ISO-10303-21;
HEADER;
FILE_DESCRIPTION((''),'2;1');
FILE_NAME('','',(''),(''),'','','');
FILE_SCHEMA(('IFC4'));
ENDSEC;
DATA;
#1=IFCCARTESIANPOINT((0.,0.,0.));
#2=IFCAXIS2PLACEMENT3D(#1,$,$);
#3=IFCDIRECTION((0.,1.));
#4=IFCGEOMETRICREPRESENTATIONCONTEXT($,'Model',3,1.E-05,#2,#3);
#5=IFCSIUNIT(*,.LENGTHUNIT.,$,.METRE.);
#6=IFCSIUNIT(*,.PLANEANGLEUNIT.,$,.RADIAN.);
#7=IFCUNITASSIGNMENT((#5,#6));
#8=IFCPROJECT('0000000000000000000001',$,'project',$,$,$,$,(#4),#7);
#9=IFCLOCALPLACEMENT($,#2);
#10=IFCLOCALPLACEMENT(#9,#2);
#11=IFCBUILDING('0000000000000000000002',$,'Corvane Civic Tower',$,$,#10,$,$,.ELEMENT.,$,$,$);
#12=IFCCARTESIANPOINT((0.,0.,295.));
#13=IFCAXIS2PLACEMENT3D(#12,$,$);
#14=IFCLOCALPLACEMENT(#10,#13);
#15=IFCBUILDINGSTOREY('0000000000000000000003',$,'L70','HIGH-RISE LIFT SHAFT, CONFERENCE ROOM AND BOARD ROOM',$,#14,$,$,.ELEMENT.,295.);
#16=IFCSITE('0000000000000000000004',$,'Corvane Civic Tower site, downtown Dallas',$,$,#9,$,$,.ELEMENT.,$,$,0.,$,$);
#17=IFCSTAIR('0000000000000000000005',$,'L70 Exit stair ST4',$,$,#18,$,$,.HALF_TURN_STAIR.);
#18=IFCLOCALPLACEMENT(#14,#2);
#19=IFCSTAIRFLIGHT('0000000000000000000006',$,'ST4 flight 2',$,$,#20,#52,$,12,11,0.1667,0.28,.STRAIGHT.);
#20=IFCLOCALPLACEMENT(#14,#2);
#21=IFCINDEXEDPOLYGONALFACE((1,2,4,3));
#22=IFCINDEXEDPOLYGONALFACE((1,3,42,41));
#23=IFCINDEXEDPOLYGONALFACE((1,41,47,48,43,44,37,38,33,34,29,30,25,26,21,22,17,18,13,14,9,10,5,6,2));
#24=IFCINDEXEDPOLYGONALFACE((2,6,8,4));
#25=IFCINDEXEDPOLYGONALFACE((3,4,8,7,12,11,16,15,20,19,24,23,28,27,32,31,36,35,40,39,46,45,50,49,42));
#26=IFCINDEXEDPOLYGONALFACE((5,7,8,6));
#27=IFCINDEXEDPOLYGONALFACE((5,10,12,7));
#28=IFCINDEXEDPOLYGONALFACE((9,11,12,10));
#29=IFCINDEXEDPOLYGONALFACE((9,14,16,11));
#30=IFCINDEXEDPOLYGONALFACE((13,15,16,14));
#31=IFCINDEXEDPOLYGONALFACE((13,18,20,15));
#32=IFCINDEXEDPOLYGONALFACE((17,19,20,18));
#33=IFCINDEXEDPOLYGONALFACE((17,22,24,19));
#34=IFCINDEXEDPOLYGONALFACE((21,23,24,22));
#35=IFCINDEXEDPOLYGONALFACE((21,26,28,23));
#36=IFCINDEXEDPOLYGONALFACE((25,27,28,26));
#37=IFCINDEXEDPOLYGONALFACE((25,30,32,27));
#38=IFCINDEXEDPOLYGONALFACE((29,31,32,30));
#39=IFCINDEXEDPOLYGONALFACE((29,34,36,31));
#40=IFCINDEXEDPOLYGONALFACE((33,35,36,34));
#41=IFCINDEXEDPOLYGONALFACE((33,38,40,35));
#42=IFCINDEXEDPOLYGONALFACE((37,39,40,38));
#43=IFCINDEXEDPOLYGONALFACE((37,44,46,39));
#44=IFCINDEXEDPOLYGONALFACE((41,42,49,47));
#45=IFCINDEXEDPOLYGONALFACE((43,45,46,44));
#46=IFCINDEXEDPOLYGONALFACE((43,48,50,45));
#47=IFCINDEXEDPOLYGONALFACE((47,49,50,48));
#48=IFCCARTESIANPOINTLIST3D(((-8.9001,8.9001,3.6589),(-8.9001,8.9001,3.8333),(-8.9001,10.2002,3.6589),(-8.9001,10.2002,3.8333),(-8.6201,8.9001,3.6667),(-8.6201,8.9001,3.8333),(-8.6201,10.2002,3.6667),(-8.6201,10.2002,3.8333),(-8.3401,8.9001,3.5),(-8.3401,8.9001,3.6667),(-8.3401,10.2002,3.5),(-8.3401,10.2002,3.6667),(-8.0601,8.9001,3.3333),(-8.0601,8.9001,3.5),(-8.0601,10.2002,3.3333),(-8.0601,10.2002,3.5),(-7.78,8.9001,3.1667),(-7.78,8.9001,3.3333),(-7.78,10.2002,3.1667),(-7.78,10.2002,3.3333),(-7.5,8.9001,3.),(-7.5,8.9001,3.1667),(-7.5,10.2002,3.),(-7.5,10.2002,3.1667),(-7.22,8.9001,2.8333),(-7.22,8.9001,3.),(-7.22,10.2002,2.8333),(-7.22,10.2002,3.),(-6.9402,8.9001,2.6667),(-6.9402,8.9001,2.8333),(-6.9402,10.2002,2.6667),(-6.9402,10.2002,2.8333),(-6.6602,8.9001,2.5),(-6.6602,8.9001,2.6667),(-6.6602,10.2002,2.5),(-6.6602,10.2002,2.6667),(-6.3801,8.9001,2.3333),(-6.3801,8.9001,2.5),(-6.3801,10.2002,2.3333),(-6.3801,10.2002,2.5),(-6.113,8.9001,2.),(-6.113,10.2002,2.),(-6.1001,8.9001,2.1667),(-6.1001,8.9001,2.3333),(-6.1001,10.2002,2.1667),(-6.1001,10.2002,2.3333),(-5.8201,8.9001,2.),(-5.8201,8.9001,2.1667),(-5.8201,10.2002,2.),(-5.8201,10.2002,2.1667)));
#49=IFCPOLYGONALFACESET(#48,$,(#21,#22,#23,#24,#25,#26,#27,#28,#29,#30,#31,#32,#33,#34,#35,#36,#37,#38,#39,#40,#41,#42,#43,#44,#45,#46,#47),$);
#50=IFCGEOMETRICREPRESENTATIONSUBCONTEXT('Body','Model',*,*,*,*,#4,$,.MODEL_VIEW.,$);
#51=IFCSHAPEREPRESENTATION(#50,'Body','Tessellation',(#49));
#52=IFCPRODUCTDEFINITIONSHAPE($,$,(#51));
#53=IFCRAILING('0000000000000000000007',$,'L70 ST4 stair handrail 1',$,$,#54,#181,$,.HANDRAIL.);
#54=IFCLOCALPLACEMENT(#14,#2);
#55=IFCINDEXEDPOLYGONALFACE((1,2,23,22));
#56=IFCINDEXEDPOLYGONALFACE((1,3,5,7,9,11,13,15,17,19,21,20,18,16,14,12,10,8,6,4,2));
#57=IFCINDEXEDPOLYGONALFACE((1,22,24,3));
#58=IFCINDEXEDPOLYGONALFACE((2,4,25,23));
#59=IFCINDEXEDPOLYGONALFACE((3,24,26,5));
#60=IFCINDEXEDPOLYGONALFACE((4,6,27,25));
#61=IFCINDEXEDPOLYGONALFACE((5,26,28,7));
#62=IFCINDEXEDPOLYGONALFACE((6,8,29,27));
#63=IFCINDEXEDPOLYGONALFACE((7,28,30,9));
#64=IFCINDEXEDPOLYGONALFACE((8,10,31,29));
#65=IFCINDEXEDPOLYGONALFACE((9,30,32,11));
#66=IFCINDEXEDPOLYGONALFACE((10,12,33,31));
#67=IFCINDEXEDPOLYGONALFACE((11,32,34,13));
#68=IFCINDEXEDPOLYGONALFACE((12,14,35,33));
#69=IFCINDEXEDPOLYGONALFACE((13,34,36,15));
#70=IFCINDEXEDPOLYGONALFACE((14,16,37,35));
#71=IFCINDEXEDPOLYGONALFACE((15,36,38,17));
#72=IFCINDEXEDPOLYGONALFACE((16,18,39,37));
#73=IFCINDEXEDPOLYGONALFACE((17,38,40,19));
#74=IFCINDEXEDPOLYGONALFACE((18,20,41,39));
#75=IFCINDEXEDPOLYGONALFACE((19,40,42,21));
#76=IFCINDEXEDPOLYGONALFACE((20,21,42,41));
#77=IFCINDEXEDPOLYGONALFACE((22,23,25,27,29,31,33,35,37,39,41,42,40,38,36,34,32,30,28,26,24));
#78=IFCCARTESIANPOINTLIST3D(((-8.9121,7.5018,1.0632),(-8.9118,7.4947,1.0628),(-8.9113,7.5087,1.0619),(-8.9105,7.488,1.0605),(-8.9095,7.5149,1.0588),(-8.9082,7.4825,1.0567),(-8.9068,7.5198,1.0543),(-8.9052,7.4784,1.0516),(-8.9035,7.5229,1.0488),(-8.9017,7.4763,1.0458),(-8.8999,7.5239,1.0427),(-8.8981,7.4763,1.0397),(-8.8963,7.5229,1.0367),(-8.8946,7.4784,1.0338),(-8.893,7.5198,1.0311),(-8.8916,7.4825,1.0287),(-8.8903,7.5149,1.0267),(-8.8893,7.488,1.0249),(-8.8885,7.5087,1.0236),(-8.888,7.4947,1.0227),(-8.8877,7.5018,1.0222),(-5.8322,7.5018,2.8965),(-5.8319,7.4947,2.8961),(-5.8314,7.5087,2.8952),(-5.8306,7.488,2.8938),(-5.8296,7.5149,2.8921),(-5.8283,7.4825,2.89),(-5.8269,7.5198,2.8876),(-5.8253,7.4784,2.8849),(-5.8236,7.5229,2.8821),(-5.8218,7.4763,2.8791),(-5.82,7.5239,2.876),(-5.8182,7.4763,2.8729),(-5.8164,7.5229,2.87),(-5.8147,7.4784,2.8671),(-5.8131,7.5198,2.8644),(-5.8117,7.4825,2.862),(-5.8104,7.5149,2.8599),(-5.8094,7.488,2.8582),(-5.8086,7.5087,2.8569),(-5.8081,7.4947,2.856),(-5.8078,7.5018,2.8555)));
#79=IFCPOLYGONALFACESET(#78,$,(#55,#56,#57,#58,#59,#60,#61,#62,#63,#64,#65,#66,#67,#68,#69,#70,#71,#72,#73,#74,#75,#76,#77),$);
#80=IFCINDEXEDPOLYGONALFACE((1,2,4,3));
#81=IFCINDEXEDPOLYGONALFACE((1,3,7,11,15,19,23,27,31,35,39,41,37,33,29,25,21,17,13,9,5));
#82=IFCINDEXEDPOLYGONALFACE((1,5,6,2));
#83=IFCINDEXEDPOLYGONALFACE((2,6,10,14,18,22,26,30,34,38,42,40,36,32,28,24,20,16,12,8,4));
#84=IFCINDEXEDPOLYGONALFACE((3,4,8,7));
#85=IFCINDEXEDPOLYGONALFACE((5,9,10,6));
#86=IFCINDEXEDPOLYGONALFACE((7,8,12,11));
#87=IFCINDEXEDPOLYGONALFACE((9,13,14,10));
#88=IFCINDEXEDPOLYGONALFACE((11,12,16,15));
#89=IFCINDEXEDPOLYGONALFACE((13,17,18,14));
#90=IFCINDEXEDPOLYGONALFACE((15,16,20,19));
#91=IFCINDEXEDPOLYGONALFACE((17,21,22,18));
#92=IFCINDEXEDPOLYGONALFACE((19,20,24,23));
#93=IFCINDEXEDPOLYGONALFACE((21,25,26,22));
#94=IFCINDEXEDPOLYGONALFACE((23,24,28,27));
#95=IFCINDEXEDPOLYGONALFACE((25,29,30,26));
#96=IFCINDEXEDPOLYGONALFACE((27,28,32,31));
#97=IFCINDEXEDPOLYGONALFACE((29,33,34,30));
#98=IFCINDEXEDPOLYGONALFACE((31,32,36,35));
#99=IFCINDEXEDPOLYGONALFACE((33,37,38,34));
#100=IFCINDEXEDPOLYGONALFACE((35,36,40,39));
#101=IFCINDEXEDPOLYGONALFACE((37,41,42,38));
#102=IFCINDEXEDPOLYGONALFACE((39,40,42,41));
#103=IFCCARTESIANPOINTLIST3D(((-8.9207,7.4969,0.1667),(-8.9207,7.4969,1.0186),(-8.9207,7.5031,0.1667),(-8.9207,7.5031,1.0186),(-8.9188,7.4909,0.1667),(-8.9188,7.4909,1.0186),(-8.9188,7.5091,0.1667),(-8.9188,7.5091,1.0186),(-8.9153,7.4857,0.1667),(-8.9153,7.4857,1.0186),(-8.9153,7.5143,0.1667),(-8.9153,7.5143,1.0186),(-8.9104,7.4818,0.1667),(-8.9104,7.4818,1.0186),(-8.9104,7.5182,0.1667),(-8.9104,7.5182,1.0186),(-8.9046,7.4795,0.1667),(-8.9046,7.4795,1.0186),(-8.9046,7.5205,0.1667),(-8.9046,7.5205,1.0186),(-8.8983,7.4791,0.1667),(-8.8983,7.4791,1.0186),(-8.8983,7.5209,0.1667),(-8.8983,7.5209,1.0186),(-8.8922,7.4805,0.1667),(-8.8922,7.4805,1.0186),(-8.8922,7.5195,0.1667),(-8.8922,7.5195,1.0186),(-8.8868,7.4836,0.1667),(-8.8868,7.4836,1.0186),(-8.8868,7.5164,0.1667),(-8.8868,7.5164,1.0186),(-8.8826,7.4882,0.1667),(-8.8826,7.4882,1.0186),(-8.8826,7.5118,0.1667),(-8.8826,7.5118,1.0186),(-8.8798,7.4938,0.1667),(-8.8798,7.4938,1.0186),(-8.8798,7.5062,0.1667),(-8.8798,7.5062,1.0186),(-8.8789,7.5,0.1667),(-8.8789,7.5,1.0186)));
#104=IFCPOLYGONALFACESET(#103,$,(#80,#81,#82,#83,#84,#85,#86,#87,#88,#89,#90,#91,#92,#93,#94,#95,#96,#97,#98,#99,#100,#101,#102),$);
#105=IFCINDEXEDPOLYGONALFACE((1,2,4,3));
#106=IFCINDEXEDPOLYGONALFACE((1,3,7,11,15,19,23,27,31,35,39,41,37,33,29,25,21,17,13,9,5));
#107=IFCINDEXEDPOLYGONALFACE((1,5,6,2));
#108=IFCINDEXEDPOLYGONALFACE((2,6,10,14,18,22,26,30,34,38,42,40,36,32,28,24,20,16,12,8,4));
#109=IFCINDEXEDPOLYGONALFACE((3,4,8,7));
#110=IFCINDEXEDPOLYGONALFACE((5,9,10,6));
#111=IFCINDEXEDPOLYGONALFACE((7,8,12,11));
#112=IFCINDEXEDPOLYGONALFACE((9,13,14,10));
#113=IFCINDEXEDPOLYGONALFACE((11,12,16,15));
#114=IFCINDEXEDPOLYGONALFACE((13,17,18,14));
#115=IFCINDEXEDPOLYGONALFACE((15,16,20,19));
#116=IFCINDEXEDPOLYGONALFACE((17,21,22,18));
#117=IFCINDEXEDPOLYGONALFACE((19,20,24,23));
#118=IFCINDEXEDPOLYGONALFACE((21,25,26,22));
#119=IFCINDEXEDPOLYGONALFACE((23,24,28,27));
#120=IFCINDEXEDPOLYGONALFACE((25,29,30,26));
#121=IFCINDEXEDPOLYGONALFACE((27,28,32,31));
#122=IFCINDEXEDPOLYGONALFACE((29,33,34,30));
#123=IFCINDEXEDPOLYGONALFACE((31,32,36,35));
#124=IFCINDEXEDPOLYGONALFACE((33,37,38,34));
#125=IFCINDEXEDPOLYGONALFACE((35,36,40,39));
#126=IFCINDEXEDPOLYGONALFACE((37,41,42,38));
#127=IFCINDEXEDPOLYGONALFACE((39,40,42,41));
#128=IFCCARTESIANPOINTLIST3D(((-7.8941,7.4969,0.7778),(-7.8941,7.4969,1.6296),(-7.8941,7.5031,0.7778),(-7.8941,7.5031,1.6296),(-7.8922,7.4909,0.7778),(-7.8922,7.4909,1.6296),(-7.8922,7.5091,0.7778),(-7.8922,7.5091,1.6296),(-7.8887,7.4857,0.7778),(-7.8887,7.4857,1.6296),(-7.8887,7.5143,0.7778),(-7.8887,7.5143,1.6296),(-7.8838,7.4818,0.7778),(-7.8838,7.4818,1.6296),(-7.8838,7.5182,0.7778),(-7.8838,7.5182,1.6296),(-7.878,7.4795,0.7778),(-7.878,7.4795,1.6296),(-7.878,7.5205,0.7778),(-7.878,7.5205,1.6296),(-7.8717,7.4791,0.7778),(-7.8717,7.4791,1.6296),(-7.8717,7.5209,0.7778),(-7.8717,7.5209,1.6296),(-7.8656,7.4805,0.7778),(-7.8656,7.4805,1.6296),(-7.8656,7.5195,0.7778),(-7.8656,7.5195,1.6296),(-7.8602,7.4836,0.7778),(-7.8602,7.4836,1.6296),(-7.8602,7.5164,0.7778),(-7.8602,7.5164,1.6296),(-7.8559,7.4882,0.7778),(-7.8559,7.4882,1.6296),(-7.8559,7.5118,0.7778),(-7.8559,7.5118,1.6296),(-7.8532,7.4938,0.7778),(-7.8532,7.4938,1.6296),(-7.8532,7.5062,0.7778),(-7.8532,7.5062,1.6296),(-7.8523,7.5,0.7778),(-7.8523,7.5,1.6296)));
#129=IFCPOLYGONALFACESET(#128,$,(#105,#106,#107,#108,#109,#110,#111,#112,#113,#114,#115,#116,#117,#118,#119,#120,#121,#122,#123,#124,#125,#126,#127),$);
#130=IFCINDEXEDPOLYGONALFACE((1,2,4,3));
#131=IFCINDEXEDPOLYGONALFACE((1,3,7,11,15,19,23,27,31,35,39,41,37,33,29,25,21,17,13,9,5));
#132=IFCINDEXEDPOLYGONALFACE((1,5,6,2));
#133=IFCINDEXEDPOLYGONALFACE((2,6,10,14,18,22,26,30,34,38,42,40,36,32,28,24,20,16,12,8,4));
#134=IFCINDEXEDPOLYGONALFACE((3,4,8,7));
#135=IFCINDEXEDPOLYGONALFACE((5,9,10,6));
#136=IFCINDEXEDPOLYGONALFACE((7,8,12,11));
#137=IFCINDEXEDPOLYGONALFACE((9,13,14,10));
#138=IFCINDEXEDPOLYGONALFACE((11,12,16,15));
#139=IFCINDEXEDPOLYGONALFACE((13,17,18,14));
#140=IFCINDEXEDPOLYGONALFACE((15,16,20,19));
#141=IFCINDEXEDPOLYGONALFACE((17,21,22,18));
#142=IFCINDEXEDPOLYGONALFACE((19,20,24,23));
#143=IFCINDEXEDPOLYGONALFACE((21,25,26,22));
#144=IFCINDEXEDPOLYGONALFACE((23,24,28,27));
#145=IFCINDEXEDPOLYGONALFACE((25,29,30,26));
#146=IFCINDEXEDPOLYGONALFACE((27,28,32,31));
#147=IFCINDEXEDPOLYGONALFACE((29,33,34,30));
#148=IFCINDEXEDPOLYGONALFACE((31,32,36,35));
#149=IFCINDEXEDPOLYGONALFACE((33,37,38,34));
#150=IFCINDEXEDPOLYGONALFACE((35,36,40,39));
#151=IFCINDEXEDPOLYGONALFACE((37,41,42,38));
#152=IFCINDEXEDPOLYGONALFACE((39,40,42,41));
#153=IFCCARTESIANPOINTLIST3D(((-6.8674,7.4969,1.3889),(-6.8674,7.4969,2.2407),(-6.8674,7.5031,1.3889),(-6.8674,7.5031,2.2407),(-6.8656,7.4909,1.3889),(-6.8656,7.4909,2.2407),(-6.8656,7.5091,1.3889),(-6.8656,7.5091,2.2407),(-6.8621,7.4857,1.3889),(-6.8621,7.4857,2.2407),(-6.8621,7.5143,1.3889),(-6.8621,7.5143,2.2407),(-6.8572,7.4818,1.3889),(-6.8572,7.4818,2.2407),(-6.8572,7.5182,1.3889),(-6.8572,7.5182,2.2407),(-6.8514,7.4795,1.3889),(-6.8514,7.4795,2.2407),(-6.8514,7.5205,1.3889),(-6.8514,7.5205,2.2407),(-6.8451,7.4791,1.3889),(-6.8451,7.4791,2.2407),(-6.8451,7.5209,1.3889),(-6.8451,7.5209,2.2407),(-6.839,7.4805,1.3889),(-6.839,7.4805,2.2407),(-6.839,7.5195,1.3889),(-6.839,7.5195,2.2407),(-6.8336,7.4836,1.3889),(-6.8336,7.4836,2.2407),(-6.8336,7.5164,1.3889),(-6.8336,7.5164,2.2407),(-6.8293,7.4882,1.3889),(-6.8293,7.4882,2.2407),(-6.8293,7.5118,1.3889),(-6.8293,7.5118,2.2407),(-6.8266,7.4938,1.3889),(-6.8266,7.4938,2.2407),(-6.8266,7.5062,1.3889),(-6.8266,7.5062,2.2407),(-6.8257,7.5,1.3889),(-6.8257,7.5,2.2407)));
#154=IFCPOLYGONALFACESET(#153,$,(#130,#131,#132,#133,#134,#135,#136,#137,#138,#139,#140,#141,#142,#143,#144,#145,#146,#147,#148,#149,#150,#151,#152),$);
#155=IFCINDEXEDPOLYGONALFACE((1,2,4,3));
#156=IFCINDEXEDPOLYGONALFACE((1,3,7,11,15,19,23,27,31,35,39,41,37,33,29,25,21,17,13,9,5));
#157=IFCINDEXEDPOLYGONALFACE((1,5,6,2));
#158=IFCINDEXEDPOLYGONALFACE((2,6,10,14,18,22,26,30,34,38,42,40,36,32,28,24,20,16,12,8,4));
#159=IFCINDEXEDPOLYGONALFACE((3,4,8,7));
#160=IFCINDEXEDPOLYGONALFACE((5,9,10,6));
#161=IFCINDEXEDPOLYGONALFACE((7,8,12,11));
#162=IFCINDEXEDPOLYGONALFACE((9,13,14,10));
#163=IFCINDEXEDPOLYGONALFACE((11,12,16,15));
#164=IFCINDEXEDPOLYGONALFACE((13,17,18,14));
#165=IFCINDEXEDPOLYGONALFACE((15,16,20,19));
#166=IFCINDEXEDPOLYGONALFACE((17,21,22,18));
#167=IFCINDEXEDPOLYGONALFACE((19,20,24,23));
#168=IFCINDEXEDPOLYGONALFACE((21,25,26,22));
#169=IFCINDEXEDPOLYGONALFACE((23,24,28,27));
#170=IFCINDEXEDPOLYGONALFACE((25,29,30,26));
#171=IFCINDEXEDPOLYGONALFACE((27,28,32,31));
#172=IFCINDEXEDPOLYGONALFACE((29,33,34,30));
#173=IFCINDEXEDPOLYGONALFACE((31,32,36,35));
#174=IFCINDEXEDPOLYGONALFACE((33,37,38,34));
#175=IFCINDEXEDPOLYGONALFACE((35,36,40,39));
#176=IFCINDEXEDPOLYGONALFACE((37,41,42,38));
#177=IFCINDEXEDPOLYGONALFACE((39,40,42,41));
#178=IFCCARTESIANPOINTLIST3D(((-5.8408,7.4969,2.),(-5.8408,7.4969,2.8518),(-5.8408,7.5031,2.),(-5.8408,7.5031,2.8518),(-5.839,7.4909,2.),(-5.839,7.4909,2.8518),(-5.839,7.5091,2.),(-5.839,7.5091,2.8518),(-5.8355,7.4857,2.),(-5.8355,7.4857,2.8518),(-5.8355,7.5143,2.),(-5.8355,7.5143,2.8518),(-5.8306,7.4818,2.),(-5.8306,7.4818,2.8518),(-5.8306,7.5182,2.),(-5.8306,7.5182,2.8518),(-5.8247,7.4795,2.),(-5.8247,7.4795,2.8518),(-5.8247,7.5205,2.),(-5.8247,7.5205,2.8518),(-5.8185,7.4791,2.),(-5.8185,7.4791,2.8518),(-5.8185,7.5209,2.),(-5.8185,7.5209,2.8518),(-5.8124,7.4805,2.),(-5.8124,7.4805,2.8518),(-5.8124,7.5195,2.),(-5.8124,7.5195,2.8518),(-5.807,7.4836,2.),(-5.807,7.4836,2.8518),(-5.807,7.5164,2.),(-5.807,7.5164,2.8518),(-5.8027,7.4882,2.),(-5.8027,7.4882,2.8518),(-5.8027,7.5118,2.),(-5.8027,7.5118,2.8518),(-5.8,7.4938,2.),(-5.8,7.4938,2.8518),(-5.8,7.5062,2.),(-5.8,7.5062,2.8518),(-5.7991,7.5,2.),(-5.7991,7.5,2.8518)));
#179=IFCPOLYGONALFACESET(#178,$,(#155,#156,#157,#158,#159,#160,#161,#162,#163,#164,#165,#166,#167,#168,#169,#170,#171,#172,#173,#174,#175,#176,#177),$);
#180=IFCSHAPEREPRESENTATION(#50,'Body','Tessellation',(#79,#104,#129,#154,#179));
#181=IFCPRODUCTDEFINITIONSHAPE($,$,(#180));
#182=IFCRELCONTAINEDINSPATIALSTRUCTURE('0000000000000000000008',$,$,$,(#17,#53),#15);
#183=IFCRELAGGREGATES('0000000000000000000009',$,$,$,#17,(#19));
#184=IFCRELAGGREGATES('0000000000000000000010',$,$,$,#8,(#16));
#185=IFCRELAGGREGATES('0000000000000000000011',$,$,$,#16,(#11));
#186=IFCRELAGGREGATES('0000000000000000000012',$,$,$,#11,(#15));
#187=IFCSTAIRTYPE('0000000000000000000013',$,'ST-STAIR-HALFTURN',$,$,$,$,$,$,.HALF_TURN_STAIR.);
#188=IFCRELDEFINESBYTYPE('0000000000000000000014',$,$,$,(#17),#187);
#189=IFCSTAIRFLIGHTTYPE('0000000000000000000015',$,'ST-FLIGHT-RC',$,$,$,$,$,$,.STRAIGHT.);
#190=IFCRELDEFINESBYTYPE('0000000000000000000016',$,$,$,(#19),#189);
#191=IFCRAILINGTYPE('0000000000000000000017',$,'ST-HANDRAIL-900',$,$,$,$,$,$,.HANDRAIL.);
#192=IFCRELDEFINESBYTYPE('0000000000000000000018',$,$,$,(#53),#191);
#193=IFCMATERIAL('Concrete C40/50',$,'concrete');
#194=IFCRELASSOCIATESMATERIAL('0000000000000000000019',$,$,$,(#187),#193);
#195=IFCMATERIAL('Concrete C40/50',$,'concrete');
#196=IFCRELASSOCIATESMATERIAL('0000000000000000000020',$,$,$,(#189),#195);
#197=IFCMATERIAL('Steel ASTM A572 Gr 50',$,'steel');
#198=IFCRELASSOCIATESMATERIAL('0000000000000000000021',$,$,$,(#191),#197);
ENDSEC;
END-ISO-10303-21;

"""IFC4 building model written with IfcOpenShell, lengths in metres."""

from ifc_helpers import new_model, si_unit, direction, frame, origin, origin_2d, place, context, subcontext, project, spatial, polyline, circle, outline, extrude, material, type_object, element, aggregate, save


model = new_model("IFC4")

# Units and contexts
model_context = context("Model", 3, precision=1e-05, world=origin(), true_north=direction((0.0, 1.0)))
body_context = subcontext(model_context, "Body", "Model", "MODEL_VIEW")
ifc_project = project(units=[si_unit("LENGTHUNIT", "METRE"), si_unit("PLANEANGLEUNIT", "RADIAN")], contexts=[model_context])

# Site, building, storey
site_placement = place(None, origin())
site = spatial("IfcSite", under=ifc_project, at=site_placement, Name="Corvane Civic Tower site, downtown Dallas", CompositionType="ELEMENT", RefElevation=0.0)
building_placement = place(site_placement, origin())
building = spatial("IfcBuilding", under=site, at=building_placement, Name="Corvane Civic Tower", CompositionType="ELEMENT")
storey_placement = place(building_placement, frame((0.0, 0.0, 295.0)))
storey = spatial("IfcBuildingStorey", under=building, at=storey_placement, Name="L70", Description="HIGH-RISE LIFT SHAFT, CONFERENCE ROOM AND BOARD ROOM", CompositionType="ELEMENT", Elevation=295.0)

# Stair
ifc_material_1 = material(Name="Concrete C40/50", Category="concrete")
stair_type = type_object("IfcStairType", Name="ST-STAIR-HALFTURN", PredefinedType="HALF_TURN_STAIR", material=ifc_material_1)
stair_1_placement = place(storey_placement, origin())
stair_1 = element("IfcStair", 1, at=stair_1_placement, inside=storey, type_object=stair_type, Name="L70 Exit stair ST4", PredefinedType="HALF_TURN_STAIR")

# Stair flight
ifc_material_2 = material(Name="Concrete C40/50", Category="concrete")
stair_flight_type = type_object("IfcStairFlightType", Name="ST-FLIGHT-RC", PredefinedType="STRAIGHT", material=ifc_material_2)
stair_flight_1_placement = place(storey_placement, frame((-5.8201, 9.55, 2.0), z_axis=(0.0, 0.0, 1.0), x_axis=(-1.0, 0.0, 0.0)))
stair_flight_1 = element("IfcStairFlight", 2, at=stair_flight_1_placement, type_object=stair_flight_type, Name="ST4 flight 2", NumberOfRisers=12, NumberOfTreads=11, PredefinedType="STRAIGHT", RiserHeight=0.1667, TreadLength=0.28, context=body_context, shape_type="SweptSolid", body=[
    extrude(outline(polyline([(0.0, 0.0), (0.0, 0.1667), (0.28, 0.1667), (0.28, 0.3333), (0.5601, 0.3333), (0.5601, 0.5), (0.8401, 0.5), (0.8401, 0.6667), (1.1201, 0.6667), (1.1201, 0.8333), (1.3999, 0.8333), (1.3999, 1.0), (1.6799, 1.0), (1.6799, 1.1667), (1.96, 1.1667), (1.96, 1.3333), (2.24, 1.3333), (2.24, 1.5), (2.52, 1.5), (2.52, 1.6667), (2.8, 1.6667), (2.8, 1.8333), (3.0801, 1.8333), (3.0801, 2.0), (3.0801, 1.6589), (0.293, 0.0), (0.0, 0.0)])), frame((0.0, 0.6499, 0.0), z_axis=(0.0, -1.0, 0.0), x_axis=(1.0, 0.0, 0.0)), (0.0, 0.0, 1.0), 1.3),
])
aggregate(stair_1, [stair_flight_1])

# Railing
ifc_material_3 = material(Name="Steel ASTM A572 Gr 50", Category="steel")
railing_type_1 = type_object("IfcRailingType", Name="ST-HANDRAIL-900", PredefinedType="HANDRAIL", material=ifc_material_3)
railing_1_placement = place(storey_placement, frame((-8.8999, 7.5, 0.1667)))
element("IfcRailing", 3, at=railing_1_placement, inside=storey, type_object=railing_type_1, Name="L70 ST4 stair handrail 1", PredefinedType="HANDRAIL", context=body_context, shape_type="SweptSolid", body=[
    extrude(circle(Radius=0.0239, at=origin_2d()), frame((0.0, 0.0, 0.876), z_axis=(0.859291, 0.0, 0.511487), x_axis=(0.0, 1.0, 0.0)), (0.0, 0.0, 1.0), 3.5842),
    extrude(circle(Radius=0.021, at=origin_2d()), origin(), (0.0, 0.0, 1.0), 0.8518),
    extrude(circle(Radius=0.021, at=origin_2d()), frame((1.0266, 0.0, 0.6111)), (0.0, 0.0, 1.0), 0.8518),
    extrude(circle(Radius=0.021, at=origin_2d()), frame((2.0532, 0.0, 1.2222)), (0.0, 0.0, 1.0), 0.8518),
    extrude(circle(Radius=0.021, at=origin_2d()), frame((3.0798, 0.0, 1.8333)), (0.0, 0.0, 1.0), 0.8518),
])

save(model, "model.ifc")
